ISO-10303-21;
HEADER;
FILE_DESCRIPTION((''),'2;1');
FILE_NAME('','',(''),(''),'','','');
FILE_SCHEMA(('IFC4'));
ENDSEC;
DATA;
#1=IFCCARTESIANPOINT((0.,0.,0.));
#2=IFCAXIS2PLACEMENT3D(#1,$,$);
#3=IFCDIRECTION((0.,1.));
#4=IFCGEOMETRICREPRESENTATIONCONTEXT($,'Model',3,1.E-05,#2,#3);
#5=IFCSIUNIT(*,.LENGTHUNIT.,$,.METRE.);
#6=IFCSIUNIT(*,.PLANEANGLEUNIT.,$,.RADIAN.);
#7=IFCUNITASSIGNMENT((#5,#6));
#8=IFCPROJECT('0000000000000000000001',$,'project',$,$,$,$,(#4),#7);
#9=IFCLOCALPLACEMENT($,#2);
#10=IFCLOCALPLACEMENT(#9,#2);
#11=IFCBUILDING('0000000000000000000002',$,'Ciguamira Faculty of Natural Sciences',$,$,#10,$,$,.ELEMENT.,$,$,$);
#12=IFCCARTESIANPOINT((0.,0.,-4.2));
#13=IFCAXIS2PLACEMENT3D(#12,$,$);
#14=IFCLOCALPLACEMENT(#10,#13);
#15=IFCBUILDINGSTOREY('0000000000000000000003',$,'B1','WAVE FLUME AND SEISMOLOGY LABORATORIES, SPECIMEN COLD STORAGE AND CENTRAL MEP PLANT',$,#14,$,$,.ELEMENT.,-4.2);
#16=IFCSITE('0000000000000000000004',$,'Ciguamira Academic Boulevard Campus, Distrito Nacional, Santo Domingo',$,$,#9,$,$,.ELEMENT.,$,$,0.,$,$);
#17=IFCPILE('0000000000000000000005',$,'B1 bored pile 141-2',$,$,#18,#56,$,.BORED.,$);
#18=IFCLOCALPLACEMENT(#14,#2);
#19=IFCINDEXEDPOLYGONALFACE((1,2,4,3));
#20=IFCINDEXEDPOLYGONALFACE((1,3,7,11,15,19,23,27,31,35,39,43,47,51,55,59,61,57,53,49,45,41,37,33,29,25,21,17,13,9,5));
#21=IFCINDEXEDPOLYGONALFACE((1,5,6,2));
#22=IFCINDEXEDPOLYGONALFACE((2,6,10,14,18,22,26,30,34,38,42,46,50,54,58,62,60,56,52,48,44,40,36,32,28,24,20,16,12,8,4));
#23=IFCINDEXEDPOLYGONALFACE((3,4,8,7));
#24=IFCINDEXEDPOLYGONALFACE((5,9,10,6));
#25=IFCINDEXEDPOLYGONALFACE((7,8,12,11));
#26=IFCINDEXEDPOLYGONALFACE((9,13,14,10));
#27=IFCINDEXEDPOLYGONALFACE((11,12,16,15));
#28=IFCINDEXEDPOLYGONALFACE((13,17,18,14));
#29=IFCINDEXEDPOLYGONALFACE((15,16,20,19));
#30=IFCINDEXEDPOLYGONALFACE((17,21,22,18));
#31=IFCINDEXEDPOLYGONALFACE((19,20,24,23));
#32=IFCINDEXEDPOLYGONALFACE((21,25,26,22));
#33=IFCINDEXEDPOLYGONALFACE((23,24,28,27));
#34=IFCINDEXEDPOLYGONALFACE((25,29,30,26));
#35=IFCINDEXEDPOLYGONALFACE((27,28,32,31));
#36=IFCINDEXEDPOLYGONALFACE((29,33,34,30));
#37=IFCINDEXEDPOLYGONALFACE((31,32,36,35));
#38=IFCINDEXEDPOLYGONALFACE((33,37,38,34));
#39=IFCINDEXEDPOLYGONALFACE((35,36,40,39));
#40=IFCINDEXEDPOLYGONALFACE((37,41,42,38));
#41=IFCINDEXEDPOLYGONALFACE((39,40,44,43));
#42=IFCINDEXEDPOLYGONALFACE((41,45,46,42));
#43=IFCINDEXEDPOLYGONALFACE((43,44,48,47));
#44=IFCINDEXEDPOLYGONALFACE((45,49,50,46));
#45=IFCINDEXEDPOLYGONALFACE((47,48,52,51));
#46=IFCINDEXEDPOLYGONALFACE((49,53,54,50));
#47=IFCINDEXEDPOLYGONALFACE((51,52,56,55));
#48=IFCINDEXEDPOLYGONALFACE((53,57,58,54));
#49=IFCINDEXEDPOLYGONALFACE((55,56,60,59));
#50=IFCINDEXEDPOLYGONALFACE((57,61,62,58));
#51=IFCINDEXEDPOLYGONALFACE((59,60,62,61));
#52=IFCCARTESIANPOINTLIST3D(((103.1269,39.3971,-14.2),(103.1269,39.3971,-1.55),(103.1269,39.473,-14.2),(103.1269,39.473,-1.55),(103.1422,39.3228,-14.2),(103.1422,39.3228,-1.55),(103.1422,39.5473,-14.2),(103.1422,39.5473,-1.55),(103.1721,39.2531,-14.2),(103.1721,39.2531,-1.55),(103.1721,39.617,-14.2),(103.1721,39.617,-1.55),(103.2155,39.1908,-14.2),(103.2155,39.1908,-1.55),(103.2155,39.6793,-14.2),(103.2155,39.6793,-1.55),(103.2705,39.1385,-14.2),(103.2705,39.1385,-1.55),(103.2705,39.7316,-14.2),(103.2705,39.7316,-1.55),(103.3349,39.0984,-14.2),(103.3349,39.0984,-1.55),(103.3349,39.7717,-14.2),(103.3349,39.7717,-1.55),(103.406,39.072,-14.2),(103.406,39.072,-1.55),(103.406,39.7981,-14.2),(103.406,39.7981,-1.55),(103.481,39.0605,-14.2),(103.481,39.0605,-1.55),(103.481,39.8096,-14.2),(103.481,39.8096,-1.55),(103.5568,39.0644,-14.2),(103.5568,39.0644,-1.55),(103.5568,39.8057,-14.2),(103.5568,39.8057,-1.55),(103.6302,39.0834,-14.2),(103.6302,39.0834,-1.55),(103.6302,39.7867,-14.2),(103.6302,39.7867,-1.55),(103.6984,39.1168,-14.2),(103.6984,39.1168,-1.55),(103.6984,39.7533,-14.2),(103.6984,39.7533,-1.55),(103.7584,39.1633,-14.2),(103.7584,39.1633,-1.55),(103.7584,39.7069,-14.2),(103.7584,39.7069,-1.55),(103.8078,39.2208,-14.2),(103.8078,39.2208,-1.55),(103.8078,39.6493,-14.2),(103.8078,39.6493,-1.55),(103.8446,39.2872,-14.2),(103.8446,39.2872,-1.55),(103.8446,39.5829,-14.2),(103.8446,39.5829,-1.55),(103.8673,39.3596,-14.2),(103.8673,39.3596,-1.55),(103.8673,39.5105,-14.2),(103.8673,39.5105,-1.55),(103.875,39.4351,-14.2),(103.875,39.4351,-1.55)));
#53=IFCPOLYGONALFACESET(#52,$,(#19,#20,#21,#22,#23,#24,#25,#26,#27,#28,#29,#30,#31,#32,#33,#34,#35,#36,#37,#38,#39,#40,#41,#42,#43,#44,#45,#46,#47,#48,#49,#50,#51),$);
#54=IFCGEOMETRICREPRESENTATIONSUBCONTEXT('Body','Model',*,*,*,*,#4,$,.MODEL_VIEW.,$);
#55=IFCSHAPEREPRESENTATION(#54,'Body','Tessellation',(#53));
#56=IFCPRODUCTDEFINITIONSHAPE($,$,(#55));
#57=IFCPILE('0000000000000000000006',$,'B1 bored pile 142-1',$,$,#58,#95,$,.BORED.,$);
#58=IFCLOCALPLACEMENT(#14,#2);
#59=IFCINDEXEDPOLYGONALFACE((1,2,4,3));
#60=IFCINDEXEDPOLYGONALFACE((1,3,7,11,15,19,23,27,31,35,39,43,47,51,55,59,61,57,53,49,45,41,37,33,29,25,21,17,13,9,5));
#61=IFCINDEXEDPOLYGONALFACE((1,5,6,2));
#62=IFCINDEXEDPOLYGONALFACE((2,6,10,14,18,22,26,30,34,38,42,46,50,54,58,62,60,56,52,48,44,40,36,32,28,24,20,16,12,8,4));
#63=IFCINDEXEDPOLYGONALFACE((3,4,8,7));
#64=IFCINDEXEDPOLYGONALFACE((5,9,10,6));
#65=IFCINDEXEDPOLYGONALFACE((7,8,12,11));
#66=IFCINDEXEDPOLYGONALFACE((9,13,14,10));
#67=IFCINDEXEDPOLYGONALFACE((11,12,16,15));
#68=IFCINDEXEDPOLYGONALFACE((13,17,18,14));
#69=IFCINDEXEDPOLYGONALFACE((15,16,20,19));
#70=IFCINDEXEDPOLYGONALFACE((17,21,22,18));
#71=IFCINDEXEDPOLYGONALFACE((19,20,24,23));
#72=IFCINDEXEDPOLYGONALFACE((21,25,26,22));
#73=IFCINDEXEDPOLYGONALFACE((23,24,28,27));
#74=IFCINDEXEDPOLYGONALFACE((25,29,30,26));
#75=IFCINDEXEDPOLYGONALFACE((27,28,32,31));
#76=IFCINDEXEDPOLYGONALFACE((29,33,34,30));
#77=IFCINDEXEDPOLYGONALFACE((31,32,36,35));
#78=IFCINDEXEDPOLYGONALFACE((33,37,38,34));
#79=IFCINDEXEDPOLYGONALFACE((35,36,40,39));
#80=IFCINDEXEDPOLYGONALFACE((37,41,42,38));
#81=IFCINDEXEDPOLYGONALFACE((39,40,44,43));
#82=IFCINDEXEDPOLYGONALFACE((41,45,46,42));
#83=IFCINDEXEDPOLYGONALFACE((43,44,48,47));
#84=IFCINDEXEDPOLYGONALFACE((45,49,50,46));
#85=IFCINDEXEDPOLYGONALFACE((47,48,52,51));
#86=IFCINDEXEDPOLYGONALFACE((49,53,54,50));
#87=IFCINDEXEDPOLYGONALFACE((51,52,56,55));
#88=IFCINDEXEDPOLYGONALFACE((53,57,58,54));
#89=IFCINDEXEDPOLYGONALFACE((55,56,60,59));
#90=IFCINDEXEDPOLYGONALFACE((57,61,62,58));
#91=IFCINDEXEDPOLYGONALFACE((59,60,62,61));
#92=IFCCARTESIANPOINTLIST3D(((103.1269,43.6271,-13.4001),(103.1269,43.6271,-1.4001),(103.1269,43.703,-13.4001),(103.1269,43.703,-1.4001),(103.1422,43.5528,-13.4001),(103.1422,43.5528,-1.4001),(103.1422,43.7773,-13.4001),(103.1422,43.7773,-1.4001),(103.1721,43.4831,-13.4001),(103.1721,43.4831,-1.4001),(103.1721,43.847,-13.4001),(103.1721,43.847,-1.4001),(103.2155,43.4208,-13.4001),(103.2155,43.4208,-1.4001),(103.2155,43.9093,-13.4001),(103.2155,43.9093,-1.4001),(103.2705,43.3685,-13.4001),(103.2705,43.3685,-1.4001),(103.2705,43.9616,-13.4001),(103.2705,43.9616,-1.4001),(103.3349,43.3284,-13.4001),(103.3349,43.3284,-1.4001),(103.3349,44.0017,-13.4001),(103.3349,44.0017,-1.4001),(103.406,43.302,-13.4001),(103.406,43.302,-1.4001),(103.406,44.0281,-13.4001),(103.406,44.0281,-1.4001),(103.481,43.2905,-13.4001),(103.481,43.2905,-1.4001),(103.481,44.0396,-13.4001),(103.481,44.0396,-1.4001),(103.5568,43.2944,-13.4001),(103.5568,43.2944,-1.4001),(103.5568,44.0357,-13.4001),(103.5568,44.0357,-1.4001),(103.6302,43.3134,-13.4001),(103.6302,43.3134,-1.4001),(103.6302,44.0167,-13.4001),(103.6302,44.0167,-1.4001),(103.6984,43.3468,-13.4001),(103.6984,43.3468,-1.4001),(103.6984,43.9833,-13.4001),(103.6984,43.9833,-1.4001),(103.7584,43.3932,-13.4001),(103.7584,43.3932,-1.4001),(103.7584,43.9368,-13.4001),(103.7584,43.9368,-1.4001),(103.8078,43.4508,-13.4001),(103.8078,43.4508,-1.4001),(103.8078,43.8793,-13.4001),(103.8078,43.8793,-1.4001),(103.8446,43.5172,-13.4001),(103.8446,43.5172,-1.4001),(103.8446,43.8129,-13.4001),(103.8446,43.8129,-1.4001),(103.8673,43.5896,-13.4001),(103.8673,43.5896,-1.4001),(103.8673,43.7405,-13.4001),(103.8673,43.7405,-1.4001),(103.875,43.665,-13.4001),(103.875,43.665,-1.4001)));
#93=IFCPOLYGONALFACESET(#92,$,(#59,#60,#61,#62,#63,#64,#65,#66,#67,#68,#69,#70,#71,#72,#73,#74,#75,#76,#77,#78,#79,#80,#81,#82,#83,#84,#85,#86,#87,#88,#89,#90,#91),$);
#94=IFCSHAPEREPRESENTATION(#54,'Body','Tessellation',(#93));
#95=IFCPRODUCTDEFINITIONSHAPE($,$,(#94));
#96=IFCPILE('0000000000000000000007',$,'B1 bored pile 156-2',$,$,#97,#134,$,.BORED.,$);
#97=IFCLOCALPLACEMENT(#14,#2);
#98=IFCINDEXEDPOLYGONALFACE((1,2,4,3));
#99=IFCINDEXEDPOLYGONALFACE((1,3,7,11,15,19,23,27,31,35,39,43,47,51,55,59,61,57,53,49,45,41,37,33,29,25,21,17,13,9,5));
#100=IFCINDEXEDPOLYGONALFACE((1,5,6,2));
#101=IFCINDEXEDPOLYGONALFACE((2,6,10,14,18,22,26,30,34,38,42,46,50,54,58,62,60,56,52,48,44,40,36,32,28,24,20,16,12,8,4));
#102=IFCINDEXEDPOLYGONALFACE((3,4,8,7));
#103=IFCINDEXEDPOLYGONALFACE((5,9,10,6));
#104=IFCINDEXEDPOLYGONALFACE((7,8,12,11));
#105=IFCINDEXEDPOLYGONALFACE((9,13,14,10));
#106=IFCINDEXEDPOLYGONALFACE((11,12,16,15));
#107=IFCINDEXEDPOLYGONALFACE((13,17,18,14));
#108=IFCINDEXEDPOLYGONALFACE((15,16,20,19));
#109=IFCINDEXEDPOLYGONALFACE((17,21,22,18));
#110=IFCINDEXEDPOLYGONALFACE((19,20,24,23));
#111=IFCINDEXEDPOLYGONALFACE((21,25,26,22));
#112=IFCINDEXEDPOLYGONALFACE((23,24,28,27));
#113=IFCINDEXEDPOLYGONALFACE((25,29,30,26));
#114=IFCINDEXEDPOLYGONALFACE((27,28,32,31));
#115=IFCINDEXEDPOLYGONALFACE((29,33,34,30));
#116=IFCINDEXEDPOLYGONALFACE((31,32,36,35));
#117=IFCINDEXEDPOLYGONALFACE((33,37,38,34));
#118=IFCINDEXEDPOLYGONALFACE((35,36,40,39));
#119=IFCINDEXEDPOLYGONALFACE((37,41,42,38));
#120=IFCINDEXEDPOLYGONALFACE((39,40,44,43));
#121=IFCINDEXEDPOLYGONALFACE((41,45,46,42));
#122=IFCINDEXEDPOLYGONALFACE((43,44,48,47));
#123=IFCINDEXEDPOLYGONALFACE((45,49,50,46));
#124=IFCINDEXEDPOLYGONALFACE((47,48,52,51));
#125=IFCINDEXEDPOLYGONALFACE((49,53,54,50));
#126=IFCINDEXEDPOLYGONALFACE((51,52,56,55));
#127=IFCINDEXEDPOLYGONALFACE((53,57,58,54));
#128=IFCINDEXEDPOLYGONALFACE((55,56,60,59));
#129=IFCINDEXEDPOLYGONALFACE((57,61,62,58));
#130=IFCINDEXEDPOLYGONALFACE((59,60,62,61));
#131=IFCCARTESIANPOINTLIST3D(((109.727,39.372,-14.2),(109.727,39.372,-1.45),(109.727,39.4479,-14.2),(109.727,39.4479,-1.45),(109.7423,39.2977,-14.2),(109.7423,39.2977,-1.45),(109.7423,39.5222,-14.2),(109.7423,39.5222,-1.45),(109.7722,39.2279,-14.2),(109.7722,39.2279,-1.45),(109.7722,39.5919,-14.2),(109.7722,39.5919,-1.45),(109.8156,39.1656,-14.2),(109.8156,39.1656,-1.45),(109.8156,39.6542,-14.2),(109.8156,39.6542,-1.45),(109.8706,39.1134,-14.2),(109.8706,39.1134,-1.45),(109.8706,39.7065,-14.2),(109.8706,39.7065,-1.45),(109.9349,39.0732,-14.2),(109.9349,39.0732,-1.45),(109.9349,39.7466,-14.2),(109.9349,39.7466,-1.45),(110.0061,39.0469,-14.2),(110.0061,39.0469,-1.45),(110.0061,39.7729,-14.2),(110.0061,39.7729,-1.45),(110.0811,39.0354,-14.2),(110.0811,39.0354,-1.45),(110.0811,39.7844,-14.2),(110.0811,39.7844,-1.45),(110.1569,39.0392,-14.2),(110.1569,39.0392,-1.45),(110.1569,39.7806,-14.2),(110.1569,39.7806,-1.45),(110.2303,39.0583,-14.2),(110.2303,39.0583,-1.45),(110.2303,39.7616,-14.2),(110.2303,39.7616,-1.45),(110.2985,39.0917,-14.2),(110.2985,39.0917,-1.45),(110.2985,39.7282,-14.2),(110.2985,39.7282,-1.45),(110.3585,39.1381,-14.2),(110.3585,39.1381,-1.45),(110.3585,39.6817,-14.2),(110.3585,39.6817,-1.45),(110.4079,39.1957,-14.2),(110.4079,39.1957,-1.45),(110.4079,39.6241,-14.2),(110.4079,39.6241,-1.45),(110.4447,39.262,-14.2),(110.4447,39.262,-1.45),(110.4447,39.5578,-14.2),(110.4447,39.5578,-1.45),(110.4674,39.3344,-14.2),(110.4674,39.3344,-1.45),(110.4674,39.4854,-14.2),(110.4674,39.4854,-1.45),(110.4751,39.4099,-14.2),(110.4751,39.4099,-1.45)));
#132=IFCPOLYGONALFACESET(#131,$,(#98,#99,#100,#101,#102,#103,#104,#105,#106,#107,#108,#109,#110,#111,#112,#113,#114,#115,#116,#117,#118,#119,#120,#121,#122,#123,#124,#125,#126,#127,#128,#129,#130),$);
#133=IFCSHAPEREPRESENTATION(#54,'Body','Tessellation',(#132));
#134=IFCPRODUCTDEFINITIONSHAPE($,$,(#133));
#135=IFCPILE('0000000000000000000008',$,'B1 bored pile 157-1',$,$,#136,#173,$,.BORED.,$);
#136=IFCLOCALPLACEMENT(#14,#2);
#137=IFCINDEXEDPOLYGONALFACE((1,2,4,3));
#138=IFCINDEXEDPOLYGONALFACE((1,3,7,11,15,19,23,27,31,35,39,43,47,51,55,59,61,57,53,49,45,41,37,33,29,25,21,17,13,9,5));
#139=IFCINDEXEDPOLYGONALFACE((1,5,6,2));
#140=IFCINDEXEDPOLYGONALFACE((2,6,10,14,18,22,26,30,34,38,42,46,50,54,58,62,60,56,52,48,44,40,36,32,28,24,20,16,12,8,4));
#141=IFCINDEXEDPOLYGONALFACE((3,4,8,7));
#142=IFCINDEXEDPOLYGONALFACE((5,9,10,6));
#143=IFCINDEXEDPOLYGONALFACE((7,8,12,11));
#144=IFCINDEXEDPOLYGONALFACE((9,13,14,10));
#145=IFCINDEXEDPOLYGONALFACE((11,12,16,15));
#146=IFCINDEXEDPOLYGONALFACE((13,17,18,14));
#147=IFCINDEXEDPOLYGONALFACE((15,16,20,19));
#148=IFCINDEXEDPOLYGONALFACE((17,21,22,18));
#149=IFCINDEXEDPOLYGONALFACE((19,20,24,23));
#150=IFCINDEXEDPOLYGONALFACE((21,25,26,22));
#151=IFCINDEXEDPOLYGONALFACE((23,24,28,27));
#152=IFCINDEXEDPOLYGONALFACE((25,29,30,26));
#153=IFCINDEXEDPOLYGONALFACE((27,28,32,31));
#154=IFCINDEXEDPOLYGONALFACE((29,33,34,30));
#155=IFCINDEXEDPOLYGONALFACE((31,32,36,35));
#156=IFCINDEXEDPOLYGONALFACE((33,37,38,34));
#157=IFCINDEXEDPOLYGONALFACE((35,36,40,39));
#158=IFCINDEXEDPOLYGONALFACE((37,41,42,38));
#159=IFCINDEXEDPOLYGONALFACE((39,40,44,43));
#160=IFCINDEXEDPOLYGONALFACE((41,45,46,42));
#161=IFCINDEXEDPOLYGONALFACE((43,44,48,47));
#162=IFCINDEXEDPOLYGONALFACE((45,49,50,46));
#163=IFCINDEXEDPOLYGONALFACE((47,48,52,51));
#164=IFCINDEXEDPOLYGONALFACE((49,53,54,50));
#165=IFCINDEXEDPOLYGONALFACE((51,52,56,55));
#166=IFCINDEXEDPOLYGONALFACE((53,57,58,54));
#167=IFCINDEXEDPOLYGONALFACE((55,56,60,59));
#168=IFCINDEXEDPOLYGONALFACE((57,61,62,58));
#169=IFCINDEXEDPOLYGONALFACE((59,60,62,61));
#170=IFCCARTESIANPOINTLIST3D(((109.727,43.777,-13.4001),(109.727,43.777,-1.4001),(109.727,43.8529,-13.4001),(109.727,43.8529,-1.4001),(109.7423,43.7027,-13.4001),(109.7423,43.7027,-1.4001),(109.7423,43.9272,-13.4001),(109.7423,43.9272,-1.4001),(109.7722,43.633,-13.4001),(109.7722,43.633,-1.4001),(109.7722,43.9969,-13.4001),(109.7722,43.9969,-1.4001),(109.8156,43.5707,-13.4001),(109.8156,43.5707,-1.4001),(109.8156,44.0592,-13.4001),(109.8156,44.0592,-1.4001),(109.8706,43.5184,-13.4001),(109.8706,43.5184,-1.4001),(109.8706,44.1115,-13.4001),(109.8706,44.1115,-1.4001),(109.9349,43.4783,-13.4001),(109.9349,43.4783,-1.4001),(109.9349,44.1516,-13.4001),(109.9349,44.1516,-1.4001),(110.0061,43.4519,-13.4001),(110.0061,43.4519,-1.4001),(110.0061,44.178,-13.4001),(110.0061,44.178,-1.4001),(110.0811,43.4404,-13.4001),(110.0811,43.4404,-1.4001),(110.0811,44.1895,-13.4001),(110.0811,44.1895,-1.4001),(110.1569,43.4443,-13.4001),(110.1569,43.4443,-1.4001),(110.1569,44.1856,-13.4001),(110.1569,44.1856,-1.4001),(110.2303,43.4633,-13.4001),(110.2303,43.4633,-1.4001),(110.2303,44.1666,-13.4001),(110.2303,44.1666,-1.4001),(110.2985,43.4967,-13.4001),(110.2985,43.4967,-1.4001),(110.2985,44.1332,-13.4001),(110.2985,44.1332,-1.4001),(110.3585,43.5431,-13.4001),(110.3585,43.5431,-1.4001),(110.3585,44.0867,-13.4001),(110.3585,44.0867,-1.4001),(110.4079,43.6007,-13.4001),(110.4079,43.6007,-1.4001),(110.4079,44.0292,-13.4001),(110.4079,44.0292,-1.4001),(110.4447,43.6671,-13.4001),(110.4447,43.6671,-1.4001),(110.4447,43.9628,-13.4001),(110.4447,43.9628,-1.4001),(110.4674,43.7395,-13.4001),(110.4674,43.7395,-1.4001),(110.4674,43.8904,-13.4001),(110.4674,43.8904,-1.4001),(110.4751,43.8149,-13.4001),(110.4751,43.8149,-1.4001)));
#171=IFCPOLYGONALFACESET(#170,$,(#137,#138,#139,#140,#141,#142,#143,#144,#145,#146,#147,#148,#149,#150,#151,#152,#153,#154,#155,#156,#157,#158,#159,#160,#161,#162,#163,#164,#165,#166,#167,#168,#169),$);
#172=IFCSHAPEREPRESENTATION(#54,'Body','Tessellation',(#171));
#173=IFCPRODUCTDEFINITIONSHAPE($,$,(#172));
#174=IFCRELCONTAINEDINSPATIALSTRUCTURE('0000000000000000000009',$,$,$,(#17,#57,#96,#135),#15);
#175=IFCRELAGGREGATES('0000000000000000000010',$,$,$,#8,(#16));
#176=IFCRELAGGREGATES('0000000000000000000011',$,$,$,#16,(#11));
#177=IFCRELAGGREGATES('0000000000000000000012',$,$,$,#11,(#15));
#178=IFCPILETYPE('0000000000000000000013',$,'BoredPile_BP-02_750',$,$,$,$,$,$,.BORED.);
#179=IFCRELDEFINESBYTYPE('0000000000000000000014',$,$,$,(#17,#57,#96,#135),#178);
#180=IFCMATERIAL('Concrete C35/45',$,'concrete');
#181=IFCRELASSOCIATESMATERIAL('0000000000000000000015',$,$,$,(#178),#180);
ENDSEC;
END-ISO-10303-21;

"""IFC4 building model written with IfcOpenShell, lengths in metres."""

from ifc_helpers import new_model, si_unit, direction, frame, origin, origin_2d, place, context, subcontext, project, spatial, circle, extrude, material, material_profile, profile_set, type_object, element, save


model = new_model("IFC4")

# Units and contexts
model_context = context("Model", 3, precision=1e-05, world=origin(), true_north=direction((0.0, 1.0)))
body_context = subcontext(model_context, "Body", "Model", "MODEL_VIEW")
ifc_project = project(units=[si_unit("LENGTHUNIT", "METRE"), si_unit("PLANEANGLEUNIT", "RADIAN")], contexts=[model_context])

# Site, building, storey
site_placement = place(None, origin())
site = spatial("IfcSite", under=ifc_project, at=site_placement, Name="Ciguamira Academic Boulevard Campus, Distrito Nacional, Santo Domingo", CompositionType="ELEMENT", RefElevation=0.0)
building_placement = place(site_placement, origin())
building = spatial("IfcBuilding", under=site, at=building_placement, Name="Ciguamira Faculty of Natural Sciences", CompositionType="ELEMENT")
storey_placement = place(building_placement, frame((0.0, 0.0, -4.2)))
storey = spatial("IfcBuildingStorey", under=building, at=storey_placement, Name="B1", Description="WAVE FLUME AND SEISMOLOGY LABORATORIES, SPECIMEN COLD STORAGE AND CENTRAL MEP PLANT", CompositionType="ELEMENT", Elevation=-4.2)

# Piles
ifc_material_1 = material(Name="Concrete C35/45", Category="concrete")
ifc_material_profile_1 = material_profile(ifc_material_1, circle(Radius=0.375, at=origin_2d()), Name="PILE-BORED-750")
ifc_profile_set_1 = profile_set([ifc_material_profile_1], Name="Concrete C35/45")
pile_type = type_object("IfcPileType", Name="BoredPile_BP-02_750", PredefinedType="BORED", material=ifc_profile_set_1)
pile_1_placement = place(storey_placement, frame((103.5, 39.4351, -1.55), z_axis=(0.0, 0.0, -1.0), x_axis=(1.0, 0.0, 0.0)))
element("IfcPile", 1, at=pile_1_placement, inside=storey, type_object=pile_type, Name="B1 bored pile 141-2", PredefinedType="BORED", context=body_context, shape_type="SweptSolid", body=[
    extrude(circle(Radius=0.375, at=origin_2d()), origin(), (0.0, 0.0, 1.0), 12.6499),
])
pile_2_placement = place(storey_placement, frame((103.5, 43.665, -1.4001), z_axis=(0.0, 0.0, -1.0), x_axis=(1.0, 0.0, 0.0)))
element("IfcPile", 2, at=pile_2_placement, inside=storey, type_object=pile_type, Name="B1 bored pile 142-1", PredefinedType="BORED", context=body_context, shape_type="SweptSolid", body=[
    extrude(circle(Radius=0.375, at=origin_2d()), origin(), (0.0, 0.0, 1.0), 12.0),
])
pile_3_placement = place(storey_placement, frame((110.1001, 39.4099, -1.45), z_axis=(0.0, 0.0, -1.0), x_axis=(1.0, 0.0, 0.0)))
element("IfcPile", 3, at=pile_3_placement, inside=storey, type_object=pile_type, Name="B1 bored pile 156-2", PredefinedType="BORED", context=body_context, shape_type="SweptSolid", body=[
    extrude(circle(Radius=0.375, at=origin_2d()), origin(), (0.0, 0.0, 1.0), 12.75),
])
pile_4_placement = place(storey_placement, frame((110.1001, 43.8149, -1.4001), z_axis=(0.0, 0.0, -1.0), x_axis=(1.0, 0.0, 0.0)))
element("IfcPile", 4, at=pile_4_placement, inside=storey, type_object=pile_type, Name="B1 bored pile 157-1", PredefinedType="BORED", context=body_context, shape_type="SweptSolid", body=[
    extrude(circle(Radius=0.375, at=origin_2d()), origin(), (0.0, 0.0, 1.0), 12.0),
])

save(model, "model.ifc")
